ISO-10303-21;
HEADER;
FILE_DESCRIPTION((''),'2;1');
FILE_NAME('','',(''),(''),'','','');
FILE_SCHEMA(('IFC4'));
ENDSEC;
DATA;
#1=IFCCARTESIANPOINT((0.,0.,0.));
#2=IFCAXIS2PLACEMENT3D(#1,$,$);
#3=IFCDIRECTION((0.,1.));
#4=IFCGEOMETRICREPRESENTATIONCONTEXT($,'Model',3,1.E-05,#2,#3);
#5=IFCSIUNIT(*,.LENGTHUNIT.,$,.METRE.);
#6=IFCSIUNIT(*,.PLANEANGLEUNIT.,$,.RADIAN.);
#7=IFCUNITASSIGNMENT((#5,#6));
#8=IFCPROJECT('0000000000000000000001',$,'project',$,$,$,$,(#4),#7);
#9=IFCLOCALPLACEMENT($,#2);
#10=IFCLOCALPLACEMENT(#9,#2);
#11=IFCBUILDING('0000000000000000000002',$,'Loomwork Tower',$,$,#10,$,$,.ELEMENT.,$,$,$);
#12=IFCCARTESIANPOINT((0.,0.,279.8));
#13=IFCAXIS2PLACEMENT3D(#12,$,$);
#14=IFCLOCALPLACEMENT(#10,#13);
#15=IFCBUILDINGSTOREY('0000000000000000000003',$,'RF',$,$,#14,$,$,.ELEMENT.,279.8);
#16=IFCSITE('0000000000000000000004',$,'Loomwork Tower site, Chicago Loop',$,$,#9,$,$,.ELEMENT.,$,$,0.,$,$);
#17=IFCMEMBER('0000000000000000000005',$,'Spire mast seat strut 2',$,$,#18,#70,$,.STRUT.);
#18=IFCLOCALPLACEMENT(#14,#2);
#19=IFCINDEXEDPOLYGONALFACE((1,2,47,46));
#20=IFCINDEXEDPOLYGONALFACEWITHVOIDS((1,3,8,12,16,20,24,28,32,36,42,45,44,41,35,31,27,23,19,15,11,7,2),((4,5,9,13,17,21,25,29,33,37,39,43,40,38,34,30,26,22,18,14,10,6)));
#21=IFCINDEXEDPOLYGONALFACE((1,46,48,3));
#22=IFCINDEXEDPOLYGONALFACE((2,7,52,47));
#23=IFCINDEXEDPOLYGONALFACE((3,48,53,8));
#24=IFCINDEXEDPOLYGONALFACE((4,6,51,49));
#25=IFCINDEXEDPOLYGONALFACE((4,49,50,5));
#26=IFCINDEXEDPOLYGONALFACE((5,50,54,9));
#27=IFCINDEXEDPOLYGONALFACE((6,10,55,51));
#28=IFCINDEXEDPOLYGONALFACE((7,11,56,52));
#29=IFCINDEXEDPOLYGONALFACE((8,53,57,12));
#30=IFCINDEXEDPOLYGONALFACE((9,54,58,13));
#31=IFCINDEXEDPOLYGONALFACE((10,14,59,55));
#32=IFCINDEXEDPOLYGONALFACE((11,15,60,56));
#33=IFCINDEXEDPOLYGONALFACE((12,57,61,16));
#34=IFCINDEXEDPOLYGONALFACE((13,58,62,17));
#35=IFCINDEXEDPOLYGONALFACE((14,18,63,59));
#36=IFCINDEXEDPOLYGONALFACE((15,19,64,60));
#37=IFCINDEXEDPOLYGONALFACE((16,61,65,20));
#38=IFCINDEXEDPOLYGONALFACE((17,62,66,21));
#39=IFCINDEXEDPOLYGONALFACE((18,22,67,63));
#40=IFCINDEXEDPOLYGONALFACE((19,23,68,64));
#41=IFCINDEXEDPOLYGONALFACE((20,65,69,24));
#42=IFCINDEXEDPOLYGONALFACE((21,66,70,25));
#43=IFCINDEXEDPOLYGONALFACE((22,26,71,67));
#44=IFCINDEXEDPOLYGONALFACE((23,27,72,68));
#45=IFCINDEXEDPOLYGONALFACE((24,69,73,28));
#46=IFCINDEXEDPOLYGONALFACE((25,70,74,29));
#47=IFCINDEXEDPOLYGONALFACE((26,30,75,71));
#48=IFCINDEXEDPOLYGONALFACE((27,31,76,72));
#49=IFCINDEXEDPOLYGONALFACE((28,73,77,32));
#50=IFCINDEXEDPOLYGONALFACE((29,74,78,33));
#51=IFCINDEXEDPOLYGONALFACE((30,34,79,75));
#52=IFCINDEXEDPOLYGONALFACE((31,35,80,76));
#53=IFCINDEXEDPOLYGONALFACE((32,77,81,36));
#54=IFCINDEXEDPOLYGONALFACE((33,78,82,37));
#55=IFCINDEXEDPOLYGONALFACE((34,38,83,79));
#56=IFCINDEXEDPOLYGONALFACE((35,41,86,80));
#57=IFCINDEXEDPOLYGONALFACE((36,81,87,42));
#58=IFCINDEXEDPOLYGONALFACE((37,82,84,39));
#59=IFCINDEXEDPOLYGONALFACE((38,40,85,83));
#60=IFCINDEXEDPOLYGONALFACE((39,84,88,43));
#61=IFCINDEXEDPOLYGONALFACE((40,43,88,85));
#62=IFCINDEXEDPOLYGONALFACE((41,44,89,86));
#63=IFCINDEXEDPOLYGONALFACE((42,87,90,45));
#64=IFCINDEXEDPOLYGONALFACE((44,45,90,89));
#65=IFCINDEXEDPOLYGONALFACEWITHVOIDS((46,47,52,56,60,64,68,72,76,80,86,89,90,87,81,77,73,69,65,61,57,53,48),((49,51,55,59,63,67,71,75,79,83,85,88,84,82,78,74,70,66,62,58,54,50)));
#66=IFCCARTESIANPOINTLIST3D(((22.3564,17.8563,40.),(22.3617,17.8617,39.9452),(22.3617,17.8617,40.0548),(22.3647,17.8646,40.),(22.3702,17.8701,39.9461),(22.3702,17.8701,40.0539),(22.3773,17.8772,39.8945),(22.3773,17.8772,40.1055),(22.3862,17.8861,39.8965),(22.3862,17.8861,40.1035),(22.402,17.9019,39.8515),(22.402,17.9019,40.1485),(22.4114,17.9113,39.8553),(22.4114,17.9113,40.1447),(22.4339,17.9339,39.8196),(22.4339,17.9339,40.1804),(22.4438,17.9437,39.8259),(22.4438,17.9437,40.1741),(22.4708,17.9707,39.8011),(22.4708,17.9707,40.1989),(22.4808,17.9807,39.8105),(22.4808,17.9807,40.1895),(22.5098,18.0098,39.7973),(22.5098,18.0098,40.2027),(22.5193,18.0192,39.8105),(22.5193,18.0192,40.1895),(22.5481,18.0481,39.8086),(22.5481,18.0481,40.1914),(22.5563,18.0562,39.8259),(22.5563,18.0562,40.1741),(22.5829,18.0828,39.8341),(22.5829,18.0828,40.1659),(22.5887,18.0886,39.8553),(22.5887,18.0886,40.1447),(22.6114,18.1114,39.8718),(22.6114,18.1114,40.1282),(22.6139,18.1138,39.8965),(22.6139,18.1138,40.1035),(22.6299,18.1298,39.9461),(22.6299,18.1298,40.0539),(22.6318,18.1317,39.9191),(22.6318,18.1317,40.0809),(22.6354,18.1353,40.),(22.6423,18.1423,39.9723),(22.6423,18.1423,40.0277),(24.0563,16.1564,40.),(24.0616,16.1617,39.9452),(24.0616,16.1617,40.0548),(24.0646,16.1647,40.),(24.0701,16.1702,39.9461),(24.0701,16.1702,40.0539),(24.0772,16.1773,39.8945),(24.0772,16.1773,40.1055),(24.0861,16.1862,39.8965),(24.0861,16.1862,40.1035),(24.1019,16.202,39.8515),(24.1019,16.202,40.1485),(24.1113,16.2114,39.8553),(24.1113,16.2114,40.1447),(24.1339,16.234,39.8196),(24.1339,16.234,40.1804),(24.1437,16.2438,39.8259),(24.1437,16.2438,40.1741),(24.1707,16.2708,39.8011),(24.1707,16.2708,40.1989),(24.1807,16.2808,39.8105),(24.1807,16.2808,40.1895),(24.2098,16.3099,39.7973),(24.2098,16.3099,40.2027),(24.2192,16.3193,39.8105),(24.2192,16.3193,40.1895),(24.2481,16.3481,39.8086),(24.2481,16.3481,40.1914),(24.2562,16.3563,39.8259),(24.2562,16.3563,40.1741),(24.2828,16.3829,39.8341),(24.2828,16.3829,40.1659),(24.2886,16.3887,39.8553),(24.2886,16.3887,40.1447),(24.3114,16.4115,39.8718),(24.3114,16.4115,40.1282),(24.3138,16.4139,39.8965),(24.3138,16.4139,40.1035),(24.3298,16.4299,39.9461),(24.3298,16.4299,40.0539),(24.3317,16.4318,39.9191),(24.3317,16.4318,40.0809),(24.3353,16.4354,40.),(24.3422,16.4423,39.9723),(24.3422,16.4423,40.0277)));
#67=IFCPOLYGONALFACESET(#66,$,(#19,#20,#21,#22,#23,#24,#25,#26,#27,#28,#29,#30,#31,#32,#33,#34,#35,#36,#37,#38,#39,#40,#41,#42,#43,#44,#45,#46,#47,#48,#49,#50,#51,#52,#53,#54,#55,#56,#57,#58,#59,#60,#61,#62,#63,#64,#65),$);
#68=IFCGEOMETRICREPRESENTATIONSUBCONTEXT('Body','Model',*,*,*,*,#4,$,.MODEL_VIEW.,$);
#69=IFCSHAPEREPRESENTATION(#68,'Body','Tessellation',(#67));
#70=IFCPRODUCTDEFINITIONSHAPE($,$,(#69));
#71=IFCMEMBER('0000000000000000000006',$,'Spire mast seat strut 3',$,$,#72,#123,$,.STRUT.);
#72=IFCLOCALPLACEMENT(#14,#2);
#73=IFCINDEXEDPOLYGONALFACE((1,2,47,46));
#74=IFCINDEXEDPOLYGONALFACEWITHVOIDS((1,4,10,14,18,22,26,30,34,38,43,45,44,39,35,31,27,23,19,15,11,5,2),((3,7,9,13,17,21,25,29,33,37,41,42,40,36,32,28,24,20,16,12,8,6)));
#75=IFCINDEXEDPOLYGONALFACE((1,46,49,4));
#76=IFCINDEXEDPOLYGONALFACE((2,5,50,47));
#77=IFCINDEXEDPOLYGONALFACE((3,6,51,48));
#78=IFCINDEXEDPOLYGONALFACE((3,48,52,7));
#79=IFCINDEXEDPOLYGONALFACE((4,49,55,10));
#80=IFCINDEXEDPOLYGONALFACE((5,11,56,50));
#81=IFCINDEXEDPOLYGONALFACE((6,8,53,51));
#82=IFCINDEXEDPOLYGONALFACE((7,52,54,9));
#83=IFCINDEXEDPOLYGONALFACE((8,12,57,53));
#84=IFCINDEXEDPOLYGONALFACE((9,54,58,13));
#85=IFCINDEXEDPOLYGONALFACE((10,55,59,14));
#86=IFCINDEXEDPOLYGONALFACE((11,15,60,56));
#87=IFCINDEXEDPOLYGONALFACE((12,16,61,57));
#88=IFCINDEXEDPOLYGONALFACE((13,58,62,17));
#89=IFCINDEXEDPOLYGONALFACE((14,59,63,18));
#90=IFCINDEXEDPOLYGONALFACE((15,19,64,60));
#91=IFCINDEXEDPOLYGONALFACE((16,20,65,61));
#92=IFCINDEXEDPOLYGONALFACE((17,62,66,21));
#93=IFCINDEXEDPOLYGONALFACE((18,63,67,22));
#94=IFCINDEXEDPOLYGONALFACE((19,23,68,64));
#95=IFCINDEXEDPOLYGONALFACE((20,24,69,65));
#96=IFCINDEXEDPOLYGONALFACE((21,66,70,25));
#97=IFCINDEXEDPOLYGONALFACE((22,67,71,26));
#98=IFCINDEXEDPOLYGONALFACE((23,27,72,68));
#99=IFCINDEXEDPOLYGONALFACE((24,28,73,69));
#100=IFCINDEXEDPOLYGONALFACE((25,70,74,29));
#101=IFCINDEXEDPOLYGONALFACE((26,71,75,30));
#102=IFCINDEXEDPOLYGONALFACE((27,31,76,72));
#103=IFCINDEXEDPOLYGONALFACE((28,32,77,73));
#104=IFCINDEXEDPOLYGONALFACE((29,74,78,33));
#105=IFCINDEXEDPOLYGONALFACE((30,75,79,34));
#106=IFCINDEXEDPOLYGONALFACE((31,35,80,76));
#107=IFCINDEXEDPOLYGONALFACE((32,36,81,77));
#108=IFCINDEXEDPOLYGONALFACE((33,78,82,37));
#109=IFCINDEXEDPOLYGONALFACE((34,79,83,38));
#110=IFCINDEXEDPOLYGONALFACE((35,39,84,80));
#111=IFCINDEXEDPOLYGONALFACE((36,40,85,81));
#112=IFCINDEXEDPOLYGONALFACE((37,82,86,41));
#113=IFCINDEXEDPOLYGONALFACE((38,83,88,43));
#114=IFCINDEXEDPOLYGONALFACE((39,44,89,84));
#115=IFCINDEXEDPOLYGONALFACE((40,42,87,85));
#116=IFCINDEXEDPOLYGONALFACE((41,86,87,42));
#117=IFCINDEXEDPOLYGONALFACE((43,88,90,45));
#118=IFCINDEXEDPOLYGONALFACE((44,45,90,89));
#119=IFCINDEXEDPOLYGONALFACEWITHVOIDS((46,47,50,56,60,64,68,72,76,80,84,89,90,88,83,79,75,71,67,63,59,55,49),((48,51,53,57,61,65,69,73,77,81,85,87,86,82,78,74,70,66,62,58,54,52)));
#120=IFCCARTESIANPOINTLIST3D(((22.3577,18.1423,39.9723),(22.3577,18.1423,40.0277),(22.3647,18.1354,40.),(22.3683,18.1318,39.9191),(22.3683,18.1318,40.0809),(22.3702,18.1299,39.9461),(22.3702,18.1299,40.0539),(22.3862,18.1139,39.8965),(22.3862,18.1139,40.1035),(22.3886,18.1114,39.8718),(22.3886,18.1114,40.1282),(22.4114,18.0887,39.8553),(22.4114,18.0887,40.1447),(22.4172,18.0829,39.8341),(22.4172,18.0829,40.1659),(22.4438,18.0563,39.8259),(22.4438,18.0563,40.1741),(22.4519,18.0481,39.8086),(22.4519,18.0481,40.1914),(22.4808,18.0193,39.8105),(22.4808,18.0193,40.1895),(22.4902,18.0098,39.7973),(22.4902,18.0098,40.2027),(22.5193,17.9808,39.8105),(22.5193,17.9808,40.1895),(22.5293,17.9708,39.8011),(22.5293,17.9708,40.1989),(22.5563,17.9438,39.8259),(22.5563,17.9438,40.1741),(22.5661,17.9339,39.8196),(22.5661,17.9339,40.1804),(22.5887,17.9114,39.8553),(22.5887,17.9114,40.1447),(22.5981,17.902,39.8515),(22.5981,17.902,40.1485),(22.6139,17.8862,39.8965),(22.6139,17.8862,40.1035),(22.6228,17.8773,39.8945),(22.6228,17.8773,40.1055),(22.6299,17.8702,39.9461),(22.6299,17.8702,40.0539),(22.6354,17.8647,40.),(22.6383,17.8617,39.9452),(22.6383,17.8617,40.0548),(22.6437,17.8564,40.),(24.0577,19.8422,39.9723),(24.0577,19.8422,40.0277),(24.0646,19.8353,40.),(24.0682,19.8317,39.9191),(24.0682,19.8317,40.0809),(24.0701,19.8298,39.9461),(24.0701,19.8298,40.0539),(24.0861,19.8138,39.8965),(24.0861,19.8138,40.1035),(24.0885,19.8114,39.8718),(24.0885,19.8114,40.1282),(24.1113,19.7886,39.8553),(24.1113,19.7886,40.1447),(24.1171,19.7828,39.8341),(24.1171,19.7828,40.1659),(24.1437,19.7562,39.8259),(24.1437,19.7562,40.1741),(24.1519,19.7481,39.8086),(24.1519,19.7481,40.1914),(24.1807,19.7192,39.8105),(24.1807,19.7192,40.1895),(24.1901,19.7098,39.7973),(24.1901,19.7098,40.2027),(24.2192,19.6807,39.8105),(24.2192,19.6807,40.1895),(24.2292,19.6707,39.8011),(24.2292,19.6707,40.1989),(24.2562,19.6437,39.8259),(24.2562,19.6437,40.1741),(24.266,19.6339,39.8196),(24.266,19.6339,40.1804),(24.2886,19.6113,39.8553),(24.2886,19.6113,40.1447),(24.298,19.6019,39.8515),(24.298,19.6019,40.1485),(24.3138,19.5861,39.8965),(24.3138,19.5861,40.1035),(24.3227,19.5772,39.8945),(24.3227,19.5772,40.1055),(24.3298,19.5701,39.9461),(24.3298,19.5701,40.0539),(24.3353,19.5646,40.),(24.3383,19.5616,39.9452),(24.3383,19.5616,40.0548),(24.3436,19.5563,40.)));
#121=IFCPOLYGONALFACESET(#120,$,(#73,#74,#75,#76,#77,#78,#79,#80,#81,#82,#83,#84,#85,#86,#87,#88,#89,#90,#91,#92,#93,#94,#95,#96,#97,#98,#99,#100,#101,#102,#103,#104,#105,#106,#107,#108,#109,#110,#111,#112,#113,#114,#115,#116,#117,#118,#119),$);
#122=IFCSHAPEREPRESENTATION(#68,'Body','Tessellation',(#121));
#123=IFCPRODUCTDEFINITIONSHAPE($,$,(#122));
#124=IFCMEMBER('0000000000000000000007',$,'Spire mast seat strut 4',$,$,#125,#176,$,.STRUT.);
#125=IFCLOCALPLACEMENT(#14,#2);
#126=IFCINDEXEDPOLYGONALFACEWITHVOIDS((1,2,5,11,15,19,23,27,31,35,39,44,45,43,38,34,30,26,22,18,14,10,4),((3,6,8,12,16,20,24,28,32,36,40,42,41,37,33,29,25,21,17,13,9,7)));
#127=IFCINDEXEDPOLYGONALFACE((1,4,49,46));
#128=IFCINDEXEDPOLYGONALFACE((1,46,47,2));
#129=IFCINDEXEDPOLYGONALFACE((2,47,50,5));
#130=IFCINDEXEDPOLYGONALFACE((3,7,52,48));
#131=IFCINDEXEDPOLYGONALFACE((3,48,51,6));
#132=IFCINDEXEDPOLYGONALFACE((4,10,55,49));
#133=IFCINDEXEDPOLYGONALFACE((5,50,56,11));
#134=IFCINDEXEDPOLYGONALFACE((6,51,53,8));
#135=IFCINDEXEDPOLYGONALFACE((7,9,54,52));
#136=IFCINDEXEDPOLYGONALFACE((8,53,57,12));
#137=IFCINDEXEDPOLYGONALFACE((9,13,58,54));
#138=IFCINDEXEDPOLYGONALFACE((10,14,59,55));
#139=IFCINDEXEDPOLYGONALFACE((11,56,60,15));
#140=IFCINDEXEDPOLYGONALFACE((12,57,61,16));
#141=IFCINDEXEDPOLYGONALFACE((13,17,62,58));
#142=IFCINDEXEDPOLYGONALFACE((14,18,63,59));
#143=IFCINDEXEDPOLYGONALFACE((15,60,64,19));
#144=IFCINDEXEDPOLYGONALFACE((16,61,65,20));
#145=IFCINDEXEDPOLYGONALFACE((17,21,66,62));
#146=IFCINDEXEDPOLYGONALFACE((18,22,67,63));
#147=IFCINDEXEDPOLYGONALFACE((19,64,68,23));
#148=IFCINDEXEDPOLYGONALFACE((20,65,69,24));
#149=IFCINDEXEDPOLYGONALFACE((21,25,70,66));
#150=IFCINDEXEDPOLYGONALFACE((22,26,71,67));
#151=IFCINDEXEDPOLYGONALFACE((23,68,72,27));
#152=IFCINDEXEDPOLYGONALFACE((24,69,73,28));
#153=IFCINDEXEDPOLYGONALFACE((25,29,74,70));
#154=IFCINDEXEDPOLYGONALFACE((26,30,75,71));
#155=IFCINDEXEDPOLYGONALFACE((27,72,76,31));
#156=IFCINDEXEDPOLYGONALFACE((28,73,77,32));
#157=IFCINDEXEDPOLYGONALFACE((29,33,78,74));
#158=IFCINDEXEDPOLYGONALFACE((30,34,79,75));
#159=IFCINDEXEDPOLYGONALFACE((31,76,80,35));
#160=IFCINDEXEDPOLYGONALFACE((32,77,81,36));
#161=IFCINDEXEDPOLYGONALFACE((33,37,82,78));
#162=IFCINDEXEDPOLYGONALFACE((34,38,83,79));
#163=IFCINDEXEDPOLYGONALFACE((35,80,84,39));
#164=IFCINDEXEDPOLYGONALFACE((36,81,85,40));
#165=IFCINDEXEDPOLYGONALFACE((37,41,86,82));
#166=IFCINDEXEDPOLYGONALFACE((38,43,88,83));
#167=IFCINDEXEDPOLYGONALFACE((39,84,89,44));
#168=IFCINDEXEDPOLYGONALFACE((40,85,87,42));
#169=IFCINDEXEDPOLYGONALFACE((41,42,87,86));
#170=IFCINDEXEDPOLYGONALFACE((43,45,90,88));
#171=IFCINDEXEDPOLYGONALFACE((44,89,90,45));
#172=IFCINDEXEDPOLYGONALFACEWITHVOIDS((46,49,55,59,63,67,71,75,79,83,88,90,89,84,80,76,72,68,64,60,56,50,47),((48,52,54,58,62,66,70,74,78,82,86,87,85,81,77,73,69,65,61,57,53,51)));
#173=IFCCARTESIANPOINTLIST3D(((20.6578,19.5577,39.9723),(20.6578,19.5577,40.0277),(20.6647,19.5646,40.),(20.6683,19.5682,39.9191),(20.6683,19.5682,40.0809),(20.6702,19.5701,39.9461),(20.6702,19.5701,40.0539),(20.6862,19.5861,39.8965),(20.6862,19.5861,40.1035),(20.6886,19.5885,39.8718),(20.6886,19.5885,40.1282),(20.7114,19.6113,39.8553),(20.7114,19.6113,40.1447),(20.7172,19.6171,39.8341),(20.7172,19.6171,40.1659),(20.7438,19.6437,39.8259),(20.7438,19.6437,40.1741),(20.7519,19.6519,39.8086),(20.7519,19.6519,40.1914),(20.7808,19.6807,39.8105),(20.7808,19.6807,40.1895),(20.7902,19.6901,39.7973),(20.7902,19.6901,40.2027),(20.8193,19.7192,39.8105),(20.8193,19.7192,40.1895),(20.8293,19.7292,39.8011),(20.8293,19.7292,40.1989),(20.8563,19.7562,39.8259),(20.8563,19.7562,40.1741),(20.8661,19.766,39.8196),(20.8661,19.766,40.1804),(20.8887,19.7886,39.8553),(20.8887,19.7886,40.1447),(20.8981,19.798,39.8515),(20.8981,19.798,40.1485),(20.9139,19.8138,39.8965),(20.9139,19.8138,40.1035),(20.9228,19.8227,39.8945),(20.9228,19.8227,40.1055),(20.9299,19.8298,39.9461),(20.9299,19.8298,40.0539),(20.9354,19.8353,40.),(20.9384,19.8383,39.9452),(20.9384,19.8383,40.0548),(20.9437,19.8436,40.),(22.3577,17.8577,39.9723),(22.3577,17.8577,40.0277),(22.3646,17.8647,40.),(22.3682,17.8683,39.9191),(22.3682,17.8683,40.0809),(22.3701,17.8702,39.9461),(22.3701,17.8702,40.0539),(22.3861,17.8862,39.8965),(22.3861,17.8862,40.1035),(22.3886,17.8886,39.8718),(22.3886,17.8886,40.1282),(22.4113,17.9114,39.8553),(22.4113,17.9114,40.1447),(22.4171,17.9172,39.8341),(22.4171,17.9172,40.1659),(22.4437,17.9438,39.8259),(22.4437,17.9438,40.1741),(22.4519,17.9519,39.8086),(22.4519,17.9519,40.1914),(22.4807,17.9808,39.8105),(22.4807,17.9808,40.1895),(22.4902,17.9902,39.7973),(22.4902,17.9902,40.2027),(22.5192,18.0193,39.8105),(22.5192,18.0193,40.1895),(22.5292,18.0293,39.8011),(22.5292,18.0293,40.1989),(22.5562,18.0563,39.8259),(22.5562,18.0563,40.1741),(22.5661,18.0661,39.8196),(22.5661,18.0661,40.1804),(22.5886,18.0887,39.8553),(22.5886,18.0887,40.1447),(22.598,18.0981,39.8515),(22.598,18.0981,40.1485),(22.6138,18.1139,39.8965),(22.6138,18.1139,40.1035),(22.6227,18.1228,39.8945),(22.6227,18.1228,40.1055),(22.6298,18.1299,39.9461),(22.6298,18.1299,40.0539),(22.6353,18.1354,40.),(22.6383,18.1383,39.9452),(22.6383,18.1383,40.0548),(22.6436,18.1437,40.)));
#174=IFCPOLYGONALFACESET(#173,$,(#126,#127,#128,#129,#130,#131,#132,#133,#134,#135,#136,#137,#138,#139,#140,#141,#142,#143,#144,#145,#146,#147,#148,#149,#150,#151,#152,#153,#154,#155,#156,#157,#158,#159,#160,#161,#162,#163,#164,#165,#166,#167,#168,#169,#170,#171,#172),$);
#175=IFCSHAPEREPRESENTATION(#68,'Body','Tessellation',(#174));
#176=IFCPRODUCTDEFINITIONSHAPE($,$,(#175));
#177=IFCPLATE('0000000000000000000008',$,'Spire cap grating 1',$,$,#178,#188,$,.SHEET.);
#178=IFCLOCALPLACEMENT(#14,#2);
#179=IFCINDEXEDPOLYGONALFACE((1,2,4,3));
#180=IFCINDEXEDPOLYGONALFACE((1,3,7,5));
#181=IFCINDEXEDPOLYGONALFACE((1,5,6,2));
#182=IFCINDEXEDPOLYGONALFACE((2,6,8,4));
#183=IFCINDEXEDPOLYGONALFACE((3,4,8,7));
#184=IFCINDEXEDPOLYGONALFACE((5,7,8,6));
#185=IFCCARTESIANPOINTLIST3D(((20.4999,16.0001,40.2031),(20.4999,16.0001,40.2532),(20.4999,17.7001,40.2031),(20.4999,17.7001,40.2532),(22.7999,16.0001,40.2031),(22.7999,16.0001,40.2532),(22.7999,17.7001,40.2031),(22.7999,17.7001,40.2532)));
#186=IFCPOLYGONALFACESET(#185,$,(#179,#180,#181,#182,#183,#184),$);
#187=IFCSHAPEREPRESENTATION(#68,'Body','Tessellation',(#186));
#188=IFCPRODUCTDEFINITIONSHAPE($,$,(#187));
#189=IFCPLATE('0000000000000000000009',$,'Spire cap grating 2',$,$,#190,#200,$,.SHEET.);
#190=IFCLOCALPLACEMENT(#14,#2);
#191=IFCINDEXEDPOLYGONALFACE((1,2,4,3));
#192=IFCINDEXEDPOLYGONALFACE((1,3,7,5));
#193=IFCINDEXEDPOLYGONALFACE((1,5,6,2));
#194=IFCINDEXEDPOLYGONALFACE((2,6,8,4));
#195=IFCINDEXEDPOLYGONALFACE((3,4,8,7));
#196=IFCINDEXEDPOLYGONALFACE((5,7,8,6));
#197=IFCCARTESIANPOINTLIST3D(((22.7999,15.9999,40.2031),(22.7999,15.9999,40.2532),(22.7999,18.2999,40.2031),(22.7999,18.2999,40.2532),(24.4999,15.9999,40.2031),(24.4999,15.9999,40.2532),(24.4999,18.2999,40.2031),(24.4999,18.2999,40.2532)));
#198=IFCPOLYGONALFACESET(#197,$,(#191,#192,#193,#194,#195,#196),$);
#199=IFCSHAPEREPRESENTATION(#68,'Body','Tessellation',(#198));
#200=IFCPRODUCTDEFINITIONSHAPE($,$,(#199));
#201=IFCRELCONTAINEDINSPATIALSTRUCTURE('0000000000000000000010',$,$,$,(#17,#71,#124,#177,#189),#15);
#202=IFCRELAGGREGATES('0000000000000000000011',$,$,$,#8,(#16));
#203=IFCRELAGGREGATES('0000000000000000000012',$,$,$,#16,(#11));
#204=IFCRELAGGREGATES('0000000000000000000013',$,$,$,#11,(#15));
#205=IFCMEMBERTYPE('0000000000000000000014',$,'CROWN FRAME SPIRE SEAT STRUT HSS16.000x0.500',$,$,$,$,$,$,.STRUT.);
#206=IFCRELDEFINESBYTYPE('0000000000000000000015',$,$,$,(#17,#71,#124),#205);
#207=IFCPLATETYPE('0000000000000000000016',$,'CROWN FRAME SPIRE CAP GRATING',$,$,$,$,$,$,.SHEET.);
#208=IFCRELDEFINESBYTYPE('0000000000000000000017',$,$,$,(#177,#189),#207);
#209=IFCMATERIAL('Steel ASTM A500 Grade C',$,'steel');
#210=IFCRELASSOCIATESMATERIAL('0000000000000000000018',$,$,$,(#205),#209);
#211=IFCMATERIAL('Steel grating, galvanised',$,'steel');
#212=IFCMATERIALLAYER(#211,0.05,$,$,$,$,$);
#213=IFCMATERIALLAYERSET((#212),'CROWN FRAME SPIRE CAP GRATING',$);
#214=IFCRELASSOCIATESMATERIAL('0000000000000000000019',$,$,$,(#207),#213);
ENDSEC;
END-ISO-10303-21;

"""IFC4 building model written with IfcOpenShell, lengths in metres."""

from ifc_helpers import new_model, si_unit, direction, frame, origin, origin_2d, place, context, subcontext, project, spatial, rectangle, hollow_circle, extrude, material, layer, layer_set, material_profile, profile_set, type_object, element, save


model = new_model("IFC4")

# Units and contexts
model_context = context("Model", 3, precision=1e-05, world=origin(), true_north=direction((0.0, 1.0)))
body_context = subcontext(model_context, "Body", "Model", "MODEL_VIEW")
ifc_project = project(units=[si_unit("LENGTHUNIT", "METRE"), si_unit("PLANEANGLEUNIT", "RADIAN")], contexts=[model_context])

# Site, building, storey
site_placement = place(None, origin())
site = spatial("IfcSite", under=ifc_project, at=site_placement, Name="Loomwork Tower site, Chicago Loop", CompositionType="ELEMENT", RefElevation=0.0)
building_placement = place(site_placement, origin())
building = spatial("IfcBuilding", under=site, at=building_placement, Name="Loomwork Tower", CompositionType="ELEMENT")
storey_placement = place(building_placement, frame((0.0, 0.0, 279.8)))
storey = spatial("IfcBuildingStorey", under=building, at=storey_placement, Name="RF", CompositionType="ELEMENT", Elevation=279.8)

# Members
ifc_material_1 = material(Name="Steel ASTM A500 Grade C", Category="steel")
ifc_material_profile_1 = material_profile(ifc_material_1, hollow_circle(Radius=0.2031, WallThickness=0.0117, at=origin_2d()), Name="HSS16.000x0.500")
ifc_profile_set_1 = profile_set([ifc_material_profile_1], Name="Steel ASTM A500 Grade C")
member_type_1 = type_object("IfcMemberType", Name="CROWN FRAME SPIRE SEAT STRUT HSS16.000x0.500", PredefinedType="STRUT", material=ifc_profile_set_1)
for number, where, z_axis, x_axis, name in (
    (1, (24.2, 16.3, 40.0), (-0.707107, 0.707107, 0.0), (-0.707107, -0.707107, 0.0), "Spire mast seat strut 2"),
    (2, (24.2, 19.7, 40.0), (-0.707107, -0.707107, 0.0), (0.707107, -0.707107, 0.0), "Spire mast seat strut 3"),
    (3, (20.8, 19.7, 40.0), (0.707107, -0.707107, 0.0), (0.707107, 0.707107, 0.0), "Spire mast seat strut 4"),
):
    element("IfcMember", number, at=place(storey_placement, frame(where, z_axis=z_axis, x_axis=x_axis)), inside=storey, type_object=member_type_1, Name=name, PredefinedType="STRUT", context=body_context, shape_type="SweptSolid", body=[
        extrude(hollow_circle(Radius=0.2031, WallThickness=0.0117, at=origin_2d()), origin(), (0.0, 0.0, 1.0), 2.4041),
    ])

# Plates
ifc_material_2 = material(Name="Steel grating, galvanised", Category="steel")
ifc_layer_1 = layer(ifc_material_2, 0.05)
ifc_layer_set_1 = layer_set([ifc_layer_1], Name="CROWN FRAME SPIRE CAP GRATING")
plate_type = type_object("IfcPlateType", Name="CROWN FRAME SPIRE CAP GRATING", PredefinedType="SHEET", material=ifc_layer_set_1)
plate_1_placement = place(storey_placement, frame((21.6499, 16.8501, 40.2031), z_axis=(0.0, 0.0, 1.0), x_axis=(1.0, 0.0, 0.0)))
element("IfcPlate", 4, at=plate_1_placement, inside=storey, type_object=plate_type, Name="Spire cap grating 1", PredefinedType="SHEET", context=body_context, shape_type="SweptSolid", body=[
    extrude(rectangle(XDim=2.3, YDim=1.7, at=origin_2d()), origin(), (0.0, 0.0, 1.0), 0.05),
])
plate_2_placement = place(storey_placement, frame((23.6499, 17.1499, 40.2031), z_axis=(0.0, 0.0, 1.0), x_axis=(1.0, 0.0, 0.0)))
element("IfcPlate", 5, at=plate_2_placement, inside=storey, type_object=plate_type, Name="Spire cap grating 2", PredefinedType="SHEET", context=body_context, shape_type="SweptSolid", body=[
    extrude(rectangle(XDim=1.7, YDim=2.3, at=origin_2d()), origin(), (0.0, 0.0, 1.0), 0.05),
])

save(model, "model.ifc")
